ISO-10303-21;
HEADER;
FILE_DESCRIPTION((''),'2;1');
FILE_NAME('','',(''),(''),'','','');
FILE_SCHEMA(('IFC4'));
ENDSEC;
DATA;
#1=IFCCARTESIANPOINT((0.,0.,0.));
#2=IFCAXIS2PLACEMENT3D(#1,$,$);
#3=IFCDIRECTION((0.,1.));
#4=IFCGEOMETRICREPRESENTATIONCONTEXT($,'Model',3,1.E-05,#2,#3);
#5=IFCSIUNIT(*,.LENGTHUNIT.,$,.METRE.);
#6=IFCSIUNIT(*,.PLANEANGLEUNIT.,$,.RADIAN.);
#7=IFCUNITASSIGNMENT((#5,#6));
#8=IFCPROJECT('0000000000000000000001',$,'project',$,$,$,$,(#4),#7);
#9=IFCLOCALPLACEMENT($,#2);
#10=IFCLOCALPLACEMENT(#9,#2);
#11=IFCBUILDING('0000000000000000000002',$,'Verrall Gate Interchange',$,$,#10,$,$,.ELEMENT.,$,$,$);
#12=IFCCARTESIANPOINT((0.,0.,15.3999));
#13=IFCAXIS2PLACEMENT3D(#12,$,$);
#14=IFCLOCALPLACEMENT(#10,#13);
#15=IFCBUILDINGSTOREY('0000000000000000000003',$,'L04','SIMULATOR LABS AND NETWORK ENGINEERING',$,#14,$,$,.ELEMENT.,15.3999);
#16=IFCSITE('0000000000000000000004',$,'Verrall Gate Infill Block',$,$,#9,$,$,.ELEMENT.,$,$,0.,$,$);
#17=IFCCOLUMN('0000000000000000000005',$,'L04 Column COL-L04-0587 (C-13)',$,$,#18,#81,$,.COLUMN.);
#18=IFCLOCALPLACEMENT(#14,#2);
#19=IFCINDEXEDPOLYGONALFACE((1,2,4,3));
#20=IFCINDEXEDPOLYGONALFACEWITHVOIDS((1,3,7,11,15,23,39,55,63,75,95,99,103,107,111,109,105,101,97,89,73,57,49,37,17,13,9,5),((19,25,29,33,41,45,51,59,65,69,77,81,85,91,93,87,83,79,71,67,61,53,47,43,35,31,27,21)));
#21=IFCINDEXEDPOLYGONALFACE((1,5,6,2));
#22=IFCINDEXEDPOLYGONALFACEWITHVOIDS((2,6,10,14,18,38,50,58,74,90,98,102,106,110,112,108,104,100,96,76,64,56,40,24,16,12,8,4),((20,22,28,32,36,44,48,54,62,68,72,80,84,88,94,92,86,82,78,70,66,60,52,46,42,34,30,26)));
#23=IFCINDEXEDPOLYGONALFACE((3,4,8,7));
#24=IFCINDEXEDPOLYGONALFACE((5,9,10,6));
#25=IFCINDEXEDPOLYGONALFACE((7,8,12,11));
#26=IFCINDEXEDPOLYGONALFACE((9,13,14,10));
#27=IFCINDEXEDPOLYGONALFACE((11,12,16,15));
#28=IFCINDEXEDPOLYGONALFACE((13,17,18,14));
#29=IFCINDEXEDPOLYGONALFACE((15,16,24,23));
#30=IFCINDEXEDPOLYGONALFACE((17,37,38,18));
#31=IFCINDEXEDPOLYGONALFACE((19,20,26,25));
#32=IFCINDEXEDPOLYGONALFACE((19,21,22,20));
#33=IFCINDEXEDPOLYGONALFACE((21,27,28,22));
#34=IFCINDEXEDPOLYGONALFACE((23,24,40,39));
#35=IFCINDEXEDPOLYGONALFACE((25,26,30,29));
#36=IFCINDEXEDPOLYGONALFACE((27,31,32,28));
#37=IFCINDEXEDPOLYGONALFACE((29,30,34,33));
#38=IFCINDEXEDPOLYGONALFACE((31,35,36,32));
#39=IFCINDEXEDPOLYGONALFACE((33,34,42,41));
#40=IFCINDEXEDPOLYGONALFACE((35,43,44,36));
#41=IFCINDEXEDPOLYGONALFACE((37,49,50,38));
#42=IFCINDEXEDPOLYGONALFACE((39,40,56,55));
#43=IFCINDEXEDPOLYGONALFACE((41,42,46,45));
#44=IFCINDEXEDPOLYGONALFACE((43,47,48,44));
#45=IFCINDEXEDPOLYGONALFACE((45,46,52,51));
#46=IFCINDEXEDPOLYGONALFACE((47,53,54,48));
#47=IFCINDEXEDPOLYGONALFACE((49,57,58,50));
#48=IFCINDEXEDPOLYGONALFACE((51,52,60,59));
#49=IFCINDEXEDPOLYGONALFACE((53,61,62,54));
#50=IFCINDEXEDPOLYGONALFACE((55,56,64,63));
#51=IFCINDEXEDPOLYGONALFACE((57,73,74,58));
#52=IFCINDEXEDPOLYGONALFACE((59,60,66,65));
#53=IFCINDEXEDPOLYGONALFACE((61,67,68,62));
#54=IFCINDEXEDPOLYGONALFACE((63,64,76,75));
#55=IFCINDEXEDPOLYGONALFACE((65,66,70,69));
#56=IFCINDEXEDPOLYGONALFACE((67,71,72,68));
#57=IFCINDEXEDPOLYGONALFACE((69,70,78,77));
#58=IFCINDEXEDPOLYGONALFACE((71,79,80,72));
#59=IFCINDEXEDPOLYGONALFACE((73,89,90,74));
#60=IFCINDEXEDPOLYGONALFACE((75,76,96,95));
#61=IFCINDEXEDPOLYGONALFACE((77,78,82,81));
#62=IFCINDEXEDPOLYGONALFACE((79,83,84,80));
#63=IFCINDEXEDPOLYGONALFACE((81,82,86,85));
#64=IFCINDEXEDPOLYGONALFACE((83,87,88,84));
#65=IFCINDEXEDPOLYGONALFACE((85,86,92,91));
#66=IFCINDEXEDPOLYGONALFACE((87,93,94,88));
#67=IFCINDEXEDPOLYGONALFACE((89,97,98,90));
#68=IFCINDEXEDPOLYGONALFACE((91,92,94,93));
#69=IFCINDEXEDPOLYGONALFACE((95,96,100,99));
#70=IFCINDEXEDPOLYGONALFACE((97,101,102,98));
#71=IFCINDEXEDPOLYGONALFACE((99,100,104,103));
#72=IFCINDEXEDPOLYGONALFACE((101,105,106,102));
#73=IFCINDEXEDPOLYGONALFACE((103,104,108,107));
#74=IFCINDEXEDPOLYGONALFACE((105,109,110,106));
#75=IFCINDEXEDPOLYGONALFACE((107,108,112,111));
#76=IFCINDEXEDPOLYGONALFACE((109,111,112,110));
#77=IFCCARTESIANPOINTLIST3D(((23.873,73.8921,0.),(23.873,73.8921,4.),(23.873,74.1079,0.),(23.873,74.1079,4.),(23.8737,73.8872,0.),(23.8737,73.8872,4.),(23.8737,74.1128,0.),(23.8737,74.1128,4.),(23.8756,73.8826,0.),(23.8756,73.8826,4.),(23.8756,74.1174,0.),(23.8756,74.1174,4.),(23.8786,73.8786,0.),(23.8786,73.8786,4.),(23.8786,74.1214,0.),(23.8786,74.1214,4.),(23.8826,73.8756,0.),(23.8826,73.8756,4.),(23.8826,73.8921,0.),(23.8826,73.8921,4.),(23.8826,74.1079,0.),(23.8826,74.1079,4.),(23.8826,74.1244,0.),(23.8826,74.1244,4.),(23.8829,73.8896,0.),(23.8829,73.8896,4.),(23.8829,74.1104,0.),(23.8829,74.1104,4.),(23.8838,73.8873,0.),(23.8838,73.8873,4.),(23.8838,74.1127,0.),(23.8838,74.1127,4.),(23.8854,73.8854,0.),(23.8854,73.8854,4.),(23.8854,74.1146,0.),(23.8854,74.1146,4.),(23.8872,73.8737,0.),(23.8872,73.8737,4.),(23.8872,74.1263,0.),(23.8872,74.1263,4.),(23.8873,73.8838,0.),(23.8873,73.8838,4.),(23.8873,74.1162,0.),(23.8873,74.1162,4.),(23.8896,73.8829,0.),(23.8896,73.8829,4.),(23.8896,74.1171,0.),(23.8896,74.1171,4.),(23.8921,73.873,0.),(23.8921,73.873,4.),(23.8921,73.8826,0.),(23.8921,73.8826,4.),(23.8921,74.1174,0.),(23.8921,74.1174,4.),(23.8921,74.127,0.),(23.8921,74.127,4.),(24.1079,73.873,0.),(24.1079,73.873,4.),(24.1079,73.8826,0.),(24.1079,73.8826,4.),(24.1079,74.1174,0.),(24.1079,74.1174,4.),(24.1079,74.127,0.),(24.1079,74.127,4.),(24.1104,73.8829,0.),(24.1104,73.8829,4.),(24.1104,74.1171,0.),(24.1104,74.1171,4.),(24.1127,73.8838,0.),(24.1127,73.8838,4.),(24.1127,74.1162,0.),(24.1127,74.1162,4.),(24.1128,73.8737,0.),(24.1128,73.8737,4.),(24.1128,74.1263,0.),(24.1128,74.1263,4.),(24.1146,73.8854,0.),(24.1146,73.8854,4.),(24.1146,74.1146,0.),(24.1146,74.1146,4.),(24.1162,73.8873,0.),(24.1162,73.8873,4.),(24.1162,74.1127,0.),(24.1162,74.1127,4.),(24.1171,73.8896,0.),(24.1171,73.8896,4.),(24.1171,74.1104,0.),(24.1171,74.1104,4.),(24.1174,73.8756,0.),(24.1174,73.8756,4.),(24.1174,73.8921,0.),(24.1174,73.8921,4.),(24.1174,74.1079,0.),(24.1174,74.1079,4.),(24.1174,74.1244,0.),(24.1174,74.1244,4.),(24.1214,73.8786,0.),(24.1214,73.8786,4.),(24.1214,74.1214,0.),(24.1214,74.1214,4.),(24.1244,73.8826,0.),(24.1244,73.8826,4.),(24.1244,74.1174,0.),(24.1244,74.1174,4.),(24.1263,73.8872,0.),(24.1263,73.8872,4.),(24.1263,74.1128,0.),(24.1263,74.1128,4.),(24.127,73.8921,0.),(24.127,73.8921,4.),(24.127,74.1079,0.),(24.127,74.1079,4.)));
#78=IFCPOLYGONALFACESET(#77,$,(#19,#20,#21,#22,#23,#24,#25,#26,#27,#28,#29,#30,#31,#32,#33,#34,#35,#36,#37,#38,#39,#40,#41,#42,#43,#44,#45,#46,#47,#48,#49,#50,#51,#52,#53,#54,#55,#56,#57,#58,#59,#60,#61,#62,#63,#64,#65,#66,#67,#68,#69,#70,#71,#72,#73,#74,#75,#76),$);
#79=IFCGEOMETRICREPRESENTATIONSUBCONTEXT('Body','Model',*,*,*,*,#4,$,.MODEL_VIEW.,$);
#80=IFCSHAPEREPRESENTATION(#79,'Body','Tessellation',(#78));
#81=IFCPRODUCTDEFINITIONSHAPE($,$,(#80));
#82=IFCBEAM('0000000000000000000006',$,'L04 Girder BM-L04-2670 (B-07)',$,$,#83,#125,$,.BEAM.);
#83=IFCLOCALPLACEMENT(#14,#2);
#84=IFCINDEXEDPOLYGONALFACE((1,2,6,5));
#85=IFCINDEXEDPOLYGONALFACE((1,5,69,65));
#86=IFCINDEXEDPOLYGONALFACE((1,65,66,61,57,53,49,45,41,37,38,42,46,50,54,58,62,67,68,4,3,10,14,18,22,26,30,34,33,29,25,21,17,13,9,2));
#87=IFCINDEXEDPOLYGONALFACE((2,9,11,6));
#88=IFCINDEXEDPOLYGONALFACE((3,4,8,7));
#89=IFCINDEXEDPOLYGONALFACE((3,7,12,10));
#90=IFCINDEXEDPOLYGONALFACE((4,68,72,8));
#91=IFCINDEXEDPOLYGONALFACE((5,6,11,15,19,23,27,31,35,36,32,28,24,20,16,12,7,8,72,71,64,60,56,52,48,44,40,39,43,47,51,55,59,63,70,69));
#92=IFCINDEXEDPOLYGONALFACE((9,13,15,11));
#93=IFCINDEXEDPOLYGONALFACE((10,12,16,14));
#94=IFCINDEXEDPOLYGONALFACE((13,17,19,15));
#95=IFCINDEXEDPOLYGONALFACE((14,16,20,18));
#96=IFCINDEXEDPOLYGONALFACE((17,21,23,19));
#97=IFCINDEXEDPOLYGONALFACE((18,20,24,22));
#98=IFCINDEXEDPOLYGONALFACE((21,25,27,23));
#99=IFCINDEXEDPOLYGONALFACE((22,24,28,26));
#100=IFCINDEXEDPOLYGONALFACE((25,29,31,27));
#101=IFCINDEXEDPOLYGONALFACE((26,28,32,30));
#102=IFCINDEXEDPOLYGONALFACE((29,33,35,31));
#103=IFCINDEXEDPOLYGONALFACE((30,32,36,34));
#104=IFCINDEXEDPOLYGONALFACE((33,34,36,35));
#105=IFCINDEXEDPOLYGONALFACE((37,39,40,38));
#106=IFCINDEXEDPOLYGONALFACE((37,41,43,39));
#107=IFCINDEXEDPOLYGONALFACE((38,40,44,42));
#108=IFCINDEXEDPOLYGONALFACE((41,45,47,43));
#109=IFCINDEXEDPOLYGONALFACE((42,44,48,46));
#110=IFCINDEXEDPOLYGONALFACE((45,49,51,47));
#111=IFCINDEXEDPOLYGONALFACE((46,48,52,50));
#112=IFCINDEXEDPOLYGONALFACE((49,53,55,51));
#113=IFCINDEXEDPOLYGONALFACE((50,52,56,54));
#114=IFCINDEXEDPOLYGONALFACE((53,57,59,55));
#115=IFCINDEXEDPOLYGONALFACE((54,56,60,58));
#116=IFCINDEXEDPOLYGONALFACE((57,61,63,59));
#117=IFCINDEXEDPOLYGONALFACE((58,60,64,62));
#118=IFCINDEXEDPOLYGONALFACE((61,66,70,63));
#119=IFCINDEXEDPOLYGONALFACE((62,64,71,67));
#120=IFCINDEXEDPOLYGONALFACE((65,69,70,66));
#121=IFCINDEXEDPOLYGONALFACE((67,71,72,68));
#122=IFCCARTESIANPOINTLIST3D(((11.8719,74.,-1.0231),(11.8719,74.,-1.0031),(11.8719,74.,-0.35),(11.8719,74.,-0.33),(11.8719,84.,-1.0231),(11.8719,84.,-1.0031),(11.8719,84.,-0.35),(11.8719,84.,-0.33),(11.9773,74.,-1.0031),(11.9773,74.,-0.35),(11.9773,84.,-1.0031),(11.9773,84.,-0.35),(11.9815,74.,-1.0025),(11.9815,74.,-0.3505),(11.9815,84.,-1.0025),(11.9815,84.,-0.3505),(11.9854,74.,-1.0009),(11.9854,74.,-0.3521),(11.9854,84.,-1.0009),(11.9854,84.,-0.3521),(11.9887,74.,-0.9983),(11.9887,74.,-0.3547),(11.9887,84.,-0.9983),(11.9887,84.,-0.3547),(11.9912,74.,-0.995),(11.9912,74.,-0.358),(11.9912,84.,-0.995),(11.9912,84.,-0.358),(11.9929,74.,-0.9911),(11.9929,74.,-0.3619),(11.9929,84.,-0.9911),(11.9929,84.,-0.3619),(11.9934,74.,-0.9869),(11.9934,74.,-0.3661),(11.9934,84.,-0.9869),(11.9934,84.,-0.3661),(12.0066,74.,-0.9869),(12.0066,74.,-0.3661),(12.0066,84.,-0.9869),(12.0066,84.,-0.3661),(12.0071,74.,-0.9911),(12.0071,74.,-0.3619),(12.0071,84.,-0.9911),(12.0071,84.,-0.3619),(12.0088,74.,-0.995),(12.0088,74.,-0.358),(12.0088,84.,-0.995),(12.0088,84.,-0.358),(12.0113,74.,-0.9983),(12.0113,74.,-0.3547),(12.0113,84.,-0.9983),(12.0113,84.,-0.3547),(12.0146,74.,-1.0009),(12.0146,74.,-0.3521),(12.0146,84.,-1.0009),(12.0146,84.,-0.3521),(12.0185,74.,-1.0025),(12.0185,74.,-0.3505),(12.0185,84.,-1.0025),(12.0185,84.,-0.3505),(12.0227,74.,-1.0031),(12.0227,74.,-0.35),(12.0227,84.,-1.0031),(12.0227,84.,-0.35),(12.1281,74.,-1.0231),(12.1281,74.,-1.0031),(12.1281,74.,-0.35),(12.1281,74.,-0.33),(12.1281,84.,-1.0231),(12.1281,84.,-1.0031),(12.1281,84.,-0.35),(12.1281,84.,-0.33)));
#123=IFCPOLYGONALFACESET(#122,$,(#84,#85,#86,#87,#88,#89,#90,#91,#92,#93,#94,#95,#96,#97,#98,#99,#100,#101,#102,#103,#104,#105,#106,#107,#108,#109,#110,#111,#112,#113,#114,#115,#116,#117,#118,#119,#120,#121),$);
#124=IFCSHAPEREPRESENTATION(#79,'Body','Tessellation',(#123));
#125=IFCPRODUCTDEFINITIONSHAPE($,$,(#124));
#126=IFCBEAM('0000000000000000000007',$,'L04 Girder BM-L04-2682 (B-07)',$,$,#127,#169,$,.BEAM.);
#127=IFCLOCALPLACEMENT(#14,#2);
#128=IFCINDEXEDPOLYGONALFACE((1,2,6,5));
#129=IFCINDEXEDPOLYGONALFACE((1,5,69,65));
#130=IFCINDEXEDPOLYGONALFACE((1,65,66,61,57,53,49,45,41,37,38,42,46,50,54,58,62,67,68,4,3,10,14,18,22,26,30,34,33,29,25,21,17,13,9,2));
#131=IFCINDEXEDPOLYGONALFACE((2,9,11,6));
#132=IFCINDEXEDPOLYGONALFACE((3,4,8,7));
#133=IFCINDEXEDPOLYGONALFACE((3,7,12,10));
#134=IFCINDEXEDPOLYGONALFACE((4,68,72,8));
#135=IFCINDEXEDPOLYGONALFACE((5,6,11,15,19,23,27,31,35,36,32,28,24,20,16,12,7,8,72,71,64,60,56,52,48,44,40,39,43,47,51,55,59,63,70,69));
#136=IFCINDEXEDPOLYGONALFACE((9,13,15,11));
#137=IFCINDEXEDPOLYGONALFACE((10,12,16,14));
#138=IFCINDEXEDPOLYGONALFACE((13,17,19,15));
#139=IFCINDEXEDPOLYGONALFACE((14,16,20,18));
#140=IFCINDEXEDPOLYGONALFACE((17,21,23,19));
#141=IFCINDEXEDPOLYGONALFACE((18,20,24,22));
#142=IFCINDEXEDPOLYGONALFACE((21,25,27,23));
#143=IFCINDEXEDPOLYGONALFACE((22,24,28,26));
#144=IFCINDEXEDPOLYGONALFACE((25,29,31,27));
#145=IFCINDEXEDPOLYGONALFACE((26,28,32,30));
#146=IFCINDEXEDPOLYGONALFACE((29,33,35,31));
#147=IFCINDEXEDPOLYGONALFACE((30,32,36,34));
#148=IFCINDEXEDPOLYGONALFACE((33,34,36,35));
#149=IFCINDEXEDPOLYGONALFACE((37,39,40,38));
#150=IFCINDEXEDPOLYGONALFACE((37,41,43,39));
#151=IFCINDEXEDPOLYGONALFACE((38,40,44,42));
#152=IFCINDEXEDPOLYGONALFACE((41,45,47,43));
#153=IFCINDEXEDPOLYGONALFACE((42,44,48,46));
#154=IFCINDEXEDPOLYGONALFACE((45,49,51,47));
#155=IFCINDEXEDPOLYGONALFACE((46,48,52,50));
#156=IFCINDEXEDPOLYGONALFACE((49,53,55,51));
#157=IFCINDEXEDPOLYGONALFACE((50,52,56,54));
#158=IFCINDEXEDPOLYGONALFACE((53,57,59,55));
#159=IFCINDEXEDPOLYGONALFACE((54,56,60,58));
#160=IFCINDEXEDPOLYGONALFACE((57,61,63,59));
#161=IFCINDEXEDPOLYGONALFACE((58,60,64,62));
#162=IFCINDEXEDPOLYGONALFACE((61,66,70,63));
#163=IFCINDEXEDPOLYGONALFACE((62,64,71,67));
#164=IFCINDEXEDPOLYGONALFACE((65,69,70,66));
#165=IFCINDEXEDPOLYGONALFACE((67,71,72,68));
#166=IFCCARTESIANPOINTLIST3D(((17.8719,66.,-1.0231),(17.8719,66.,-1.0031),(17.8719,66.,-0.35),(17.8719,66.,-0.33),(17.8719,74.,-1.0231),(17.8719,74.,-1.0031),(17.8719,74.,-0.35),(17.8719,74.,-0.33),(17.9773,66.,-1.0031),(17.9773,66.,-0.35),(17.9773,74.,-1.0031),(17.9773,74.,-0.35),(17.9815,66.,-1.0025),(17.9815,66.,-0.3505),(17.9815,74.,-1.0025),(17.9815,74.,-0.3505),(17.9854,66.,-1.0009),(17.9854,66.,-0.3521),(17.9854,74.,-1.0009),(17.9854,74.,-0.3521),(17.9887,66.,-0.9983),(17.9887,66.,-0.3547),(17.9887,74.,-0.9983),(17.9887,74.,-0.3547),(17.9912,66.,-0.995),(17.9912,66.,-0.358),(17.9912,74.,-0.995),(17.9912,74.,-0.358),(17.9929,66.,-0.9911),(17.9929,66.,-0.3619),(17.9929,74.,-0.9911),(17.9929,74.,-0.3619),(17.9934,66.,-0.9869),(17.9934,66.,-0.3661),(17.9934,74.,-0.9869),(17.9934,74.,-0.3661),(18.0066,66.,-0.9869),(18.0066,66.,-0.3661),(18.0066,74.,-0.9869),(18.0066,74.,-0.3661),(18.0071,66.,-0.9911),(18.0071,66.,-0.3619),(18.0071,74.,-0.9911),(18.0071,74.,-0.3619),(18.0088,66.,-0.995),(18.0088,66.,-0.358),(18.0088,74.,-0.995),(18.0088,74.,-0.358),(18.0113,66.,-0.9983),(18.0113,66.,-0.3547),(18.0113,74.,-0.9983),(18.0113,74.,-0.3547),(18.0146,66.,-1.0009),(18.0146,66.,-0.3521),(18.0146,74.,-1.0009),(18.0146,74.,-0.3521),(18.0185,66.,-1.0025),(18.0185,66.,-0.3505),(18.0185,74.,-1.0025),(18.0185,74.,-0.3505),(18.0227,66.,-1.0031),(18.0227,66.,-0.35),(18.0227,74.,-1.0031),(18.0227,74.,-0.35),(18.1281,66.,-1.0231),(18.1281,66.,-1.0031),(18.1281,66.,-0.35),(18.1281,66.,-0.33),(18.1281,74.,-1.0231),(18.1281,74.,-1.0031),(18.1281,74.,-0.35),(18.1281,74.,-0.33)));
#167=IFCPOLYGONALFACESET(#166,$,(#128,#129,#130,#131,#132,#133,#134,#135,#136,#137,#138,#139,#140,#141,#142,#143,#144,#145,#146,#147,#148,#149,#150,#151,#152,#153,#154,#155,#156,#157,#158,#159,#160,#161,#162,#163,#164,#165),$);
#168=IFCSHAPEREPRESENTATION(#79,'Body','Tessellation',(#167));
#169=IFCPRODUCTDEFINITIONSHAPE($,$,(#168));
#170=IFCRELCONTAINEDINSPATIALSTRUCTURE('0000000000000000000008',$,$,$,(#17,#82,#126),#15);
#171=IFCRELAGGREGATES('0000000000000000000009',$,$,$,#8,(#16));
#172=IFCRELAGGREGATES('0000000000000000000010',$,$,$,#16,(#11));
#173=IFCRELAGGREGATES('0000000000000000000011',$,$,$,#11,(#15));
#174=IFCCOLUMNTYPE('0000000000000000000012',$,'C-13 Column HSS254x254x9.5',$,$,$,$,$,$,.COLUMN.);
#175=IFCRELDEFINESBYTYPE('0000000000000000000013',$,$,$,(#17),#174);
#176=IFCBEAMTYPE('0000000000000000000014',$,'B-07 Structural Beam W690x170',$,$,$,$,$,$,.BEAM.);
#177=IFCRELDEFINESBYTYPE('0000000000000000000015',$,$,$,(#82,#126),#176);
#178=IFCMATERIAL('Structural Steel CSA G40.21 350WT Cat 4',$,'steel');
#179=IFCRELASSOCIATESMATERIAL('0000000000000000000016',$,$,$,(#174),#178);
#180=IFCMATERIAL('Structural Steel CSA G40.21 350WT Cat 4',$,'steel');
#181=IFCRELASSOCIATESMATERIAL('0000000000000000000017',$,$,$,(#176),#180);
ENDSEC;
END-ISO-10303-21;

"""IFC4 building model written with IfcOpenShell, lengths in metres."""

from ifc_helpers import new_model, si_unit, direction, frame, origin, origin_2d, place, context, subcontext, project, spatial, hollow_rectangle, i_section, extrude, material, material_profile, profile_set, type_object, element, save


model = new_model("IFC4")

# Units and contexts
model_context = context("Model", 3, precision=1e-05, world=origin(), true_north=direction((0.0, 1.0)))
body_context = subcontext(model_context, "Body", "Model", "MODEL_VIEW")
ifc_project = project(units=[si_unit("LENGTHUNIT", "METRE"), si_unit("PLANEANGLEUNIT", "RADIAN")], contexts=[model_context])

# Site, building, storey
site_placement = place(None, origin())
site = spatial("IfcSite", under=ifc_project, at=site_placement, Name="Verrall Gate Infill Block", CompositionType="ELEMENT", RefElevation=0.0)
building_placement = place(site_placement, origin())
building = spatial("IfcBuilding", under=site, at=building_placement, Name="Verrall Gate Interchange", CompositionType="ELEMENT")
storey_placement = place(building_placement, frame((0.0, 0.0, 15.3999)))
storey = spatial("IfcBuildingStorey", under=building, at=storey_placement, Name="L04", Description="SIMULATOR LABS AND NETWORK ENGINEERING", CompositionType="ELEMENT", Elevation=15.3999)

# Column
ifc_material_1 = material(Name="Structural Steel CSA G40.21 350WT Cat 4", Category="steel")
ifc_material_profile_1 = material_profile(ifc_material_1, hollow_rectangle(XDim=0.2539, YDim=0.2539, WallThickness=0.0095, InnerFilletRadius=0.0095, OuterFilletRadius=0.019, at=origin_2d()), Name="HSS254x254x9.5")
ifc_profile_set_1 = profile_set([ifc_material_profile_1], Name="Structural Steel CSA G40.21 350WT Cat 4")
column_type_1 = type_object("IfcColumnType", Name="C-13 Column HSS254x254x9.5", PredefinedType="COLUMN", material=ifc_profile_set_1)
for number, where, z_axis, x_axis, name in (
    (1, (24.0, 74.0, 0.0), (0.0, 0.0, 1.0), (1.0, 0.0, 0.0), "L04 Column COL-L04-0587 (C-13)"),
):
    element("IfcColumn", number, at=place(storey_placement, frame(where, z_axis=z_axis, x_axis=x_axis)), inside=storey, type_object=column_type_1, Name=name, PredefinedType="COLUMN", context=body_context, shape_type="SweptSolid", body=[
        extrude(hollow_rectangle(XDim=0.2539, YDim=0.2539, WallThickness=0.0095, InnerFilletRadius=0.0095, OuterFilletRadius=0.019, at=origin_2d()), origin(), (0.0, 0.0, 1.0), 4.0),
    ])

# Beams
ifc_material_2 = material(Name="Structural Steel CSA G40.21 350WT Cat 4", Category="steel")
ifc_material_profile_2 = material_profile(ifc_material_2, i_section(OverallWidth=0.2561, OverallDepth=0.6931, WebThickness=0.0132, FlangeThickness=0.02, FilletRadius=0.0161, at=origin_2d()), Name="W690x170")
ifc_profile_set_2 = profile_set([ifc_material_profile_2], Name="Structural Steel CSA G40.21 350WT Cat 4")
beam_type_1 = type_object("IfcBeamType", Name="B-07 Structural Beam W690x170", PredefinedType="BEAM", material=ifc_profile_set_2)
beam_1_placement = place(storey_placement, frame((12.0, 74.0, -0.6765), z_axis=(0.0, 1.0, 0.0), x_axis=(-1.0, 0.0, 0.0)))
element("IfcBeam", 2, at=beam_1_placement, inside=storey, type_object=beam_type_1, Name="L04 Girder BM-L04-2670 (B-07)", PredefinedType="BEAM", context=body_context, shape_type="SweptSolid", body=[
    extrude(i_section(OverallWidth=0.2561, OverallDepth=0.6931, WebThickness=0.0132, FlangeThickness=0.02, FilletRadius=0.0161, at=origin_2d()), origin(), (0.0, 0.0, 1.0), 10.0),
])
beam_2_placement = place(storey_placement, frame((18.0, 66.0, -0.6765), z_axis=(0.0, 1.0, 0.0), x_axis=(-1.0, 0.0, 0.0)))
element("IfcBeam", 3, at=beam_2_placement, inside=storey, type_object=beam_type_1, Name="L04 Girder BM-L04-2682 (B-07)", PredefinedType="BEAM", context=body_context, shape_type="SweptSolid", body=[
    extrude(i_section(OverallWidth=0.2561, OverallDepth=0.6931, WebThickness=0.0132, FlangeThickness=0.02, FilletRadius=0.0161, at=origin_2d()), origin(), (0.0, 0.0, 1.0), 8.0),
])

save(model, "model.ifc")
